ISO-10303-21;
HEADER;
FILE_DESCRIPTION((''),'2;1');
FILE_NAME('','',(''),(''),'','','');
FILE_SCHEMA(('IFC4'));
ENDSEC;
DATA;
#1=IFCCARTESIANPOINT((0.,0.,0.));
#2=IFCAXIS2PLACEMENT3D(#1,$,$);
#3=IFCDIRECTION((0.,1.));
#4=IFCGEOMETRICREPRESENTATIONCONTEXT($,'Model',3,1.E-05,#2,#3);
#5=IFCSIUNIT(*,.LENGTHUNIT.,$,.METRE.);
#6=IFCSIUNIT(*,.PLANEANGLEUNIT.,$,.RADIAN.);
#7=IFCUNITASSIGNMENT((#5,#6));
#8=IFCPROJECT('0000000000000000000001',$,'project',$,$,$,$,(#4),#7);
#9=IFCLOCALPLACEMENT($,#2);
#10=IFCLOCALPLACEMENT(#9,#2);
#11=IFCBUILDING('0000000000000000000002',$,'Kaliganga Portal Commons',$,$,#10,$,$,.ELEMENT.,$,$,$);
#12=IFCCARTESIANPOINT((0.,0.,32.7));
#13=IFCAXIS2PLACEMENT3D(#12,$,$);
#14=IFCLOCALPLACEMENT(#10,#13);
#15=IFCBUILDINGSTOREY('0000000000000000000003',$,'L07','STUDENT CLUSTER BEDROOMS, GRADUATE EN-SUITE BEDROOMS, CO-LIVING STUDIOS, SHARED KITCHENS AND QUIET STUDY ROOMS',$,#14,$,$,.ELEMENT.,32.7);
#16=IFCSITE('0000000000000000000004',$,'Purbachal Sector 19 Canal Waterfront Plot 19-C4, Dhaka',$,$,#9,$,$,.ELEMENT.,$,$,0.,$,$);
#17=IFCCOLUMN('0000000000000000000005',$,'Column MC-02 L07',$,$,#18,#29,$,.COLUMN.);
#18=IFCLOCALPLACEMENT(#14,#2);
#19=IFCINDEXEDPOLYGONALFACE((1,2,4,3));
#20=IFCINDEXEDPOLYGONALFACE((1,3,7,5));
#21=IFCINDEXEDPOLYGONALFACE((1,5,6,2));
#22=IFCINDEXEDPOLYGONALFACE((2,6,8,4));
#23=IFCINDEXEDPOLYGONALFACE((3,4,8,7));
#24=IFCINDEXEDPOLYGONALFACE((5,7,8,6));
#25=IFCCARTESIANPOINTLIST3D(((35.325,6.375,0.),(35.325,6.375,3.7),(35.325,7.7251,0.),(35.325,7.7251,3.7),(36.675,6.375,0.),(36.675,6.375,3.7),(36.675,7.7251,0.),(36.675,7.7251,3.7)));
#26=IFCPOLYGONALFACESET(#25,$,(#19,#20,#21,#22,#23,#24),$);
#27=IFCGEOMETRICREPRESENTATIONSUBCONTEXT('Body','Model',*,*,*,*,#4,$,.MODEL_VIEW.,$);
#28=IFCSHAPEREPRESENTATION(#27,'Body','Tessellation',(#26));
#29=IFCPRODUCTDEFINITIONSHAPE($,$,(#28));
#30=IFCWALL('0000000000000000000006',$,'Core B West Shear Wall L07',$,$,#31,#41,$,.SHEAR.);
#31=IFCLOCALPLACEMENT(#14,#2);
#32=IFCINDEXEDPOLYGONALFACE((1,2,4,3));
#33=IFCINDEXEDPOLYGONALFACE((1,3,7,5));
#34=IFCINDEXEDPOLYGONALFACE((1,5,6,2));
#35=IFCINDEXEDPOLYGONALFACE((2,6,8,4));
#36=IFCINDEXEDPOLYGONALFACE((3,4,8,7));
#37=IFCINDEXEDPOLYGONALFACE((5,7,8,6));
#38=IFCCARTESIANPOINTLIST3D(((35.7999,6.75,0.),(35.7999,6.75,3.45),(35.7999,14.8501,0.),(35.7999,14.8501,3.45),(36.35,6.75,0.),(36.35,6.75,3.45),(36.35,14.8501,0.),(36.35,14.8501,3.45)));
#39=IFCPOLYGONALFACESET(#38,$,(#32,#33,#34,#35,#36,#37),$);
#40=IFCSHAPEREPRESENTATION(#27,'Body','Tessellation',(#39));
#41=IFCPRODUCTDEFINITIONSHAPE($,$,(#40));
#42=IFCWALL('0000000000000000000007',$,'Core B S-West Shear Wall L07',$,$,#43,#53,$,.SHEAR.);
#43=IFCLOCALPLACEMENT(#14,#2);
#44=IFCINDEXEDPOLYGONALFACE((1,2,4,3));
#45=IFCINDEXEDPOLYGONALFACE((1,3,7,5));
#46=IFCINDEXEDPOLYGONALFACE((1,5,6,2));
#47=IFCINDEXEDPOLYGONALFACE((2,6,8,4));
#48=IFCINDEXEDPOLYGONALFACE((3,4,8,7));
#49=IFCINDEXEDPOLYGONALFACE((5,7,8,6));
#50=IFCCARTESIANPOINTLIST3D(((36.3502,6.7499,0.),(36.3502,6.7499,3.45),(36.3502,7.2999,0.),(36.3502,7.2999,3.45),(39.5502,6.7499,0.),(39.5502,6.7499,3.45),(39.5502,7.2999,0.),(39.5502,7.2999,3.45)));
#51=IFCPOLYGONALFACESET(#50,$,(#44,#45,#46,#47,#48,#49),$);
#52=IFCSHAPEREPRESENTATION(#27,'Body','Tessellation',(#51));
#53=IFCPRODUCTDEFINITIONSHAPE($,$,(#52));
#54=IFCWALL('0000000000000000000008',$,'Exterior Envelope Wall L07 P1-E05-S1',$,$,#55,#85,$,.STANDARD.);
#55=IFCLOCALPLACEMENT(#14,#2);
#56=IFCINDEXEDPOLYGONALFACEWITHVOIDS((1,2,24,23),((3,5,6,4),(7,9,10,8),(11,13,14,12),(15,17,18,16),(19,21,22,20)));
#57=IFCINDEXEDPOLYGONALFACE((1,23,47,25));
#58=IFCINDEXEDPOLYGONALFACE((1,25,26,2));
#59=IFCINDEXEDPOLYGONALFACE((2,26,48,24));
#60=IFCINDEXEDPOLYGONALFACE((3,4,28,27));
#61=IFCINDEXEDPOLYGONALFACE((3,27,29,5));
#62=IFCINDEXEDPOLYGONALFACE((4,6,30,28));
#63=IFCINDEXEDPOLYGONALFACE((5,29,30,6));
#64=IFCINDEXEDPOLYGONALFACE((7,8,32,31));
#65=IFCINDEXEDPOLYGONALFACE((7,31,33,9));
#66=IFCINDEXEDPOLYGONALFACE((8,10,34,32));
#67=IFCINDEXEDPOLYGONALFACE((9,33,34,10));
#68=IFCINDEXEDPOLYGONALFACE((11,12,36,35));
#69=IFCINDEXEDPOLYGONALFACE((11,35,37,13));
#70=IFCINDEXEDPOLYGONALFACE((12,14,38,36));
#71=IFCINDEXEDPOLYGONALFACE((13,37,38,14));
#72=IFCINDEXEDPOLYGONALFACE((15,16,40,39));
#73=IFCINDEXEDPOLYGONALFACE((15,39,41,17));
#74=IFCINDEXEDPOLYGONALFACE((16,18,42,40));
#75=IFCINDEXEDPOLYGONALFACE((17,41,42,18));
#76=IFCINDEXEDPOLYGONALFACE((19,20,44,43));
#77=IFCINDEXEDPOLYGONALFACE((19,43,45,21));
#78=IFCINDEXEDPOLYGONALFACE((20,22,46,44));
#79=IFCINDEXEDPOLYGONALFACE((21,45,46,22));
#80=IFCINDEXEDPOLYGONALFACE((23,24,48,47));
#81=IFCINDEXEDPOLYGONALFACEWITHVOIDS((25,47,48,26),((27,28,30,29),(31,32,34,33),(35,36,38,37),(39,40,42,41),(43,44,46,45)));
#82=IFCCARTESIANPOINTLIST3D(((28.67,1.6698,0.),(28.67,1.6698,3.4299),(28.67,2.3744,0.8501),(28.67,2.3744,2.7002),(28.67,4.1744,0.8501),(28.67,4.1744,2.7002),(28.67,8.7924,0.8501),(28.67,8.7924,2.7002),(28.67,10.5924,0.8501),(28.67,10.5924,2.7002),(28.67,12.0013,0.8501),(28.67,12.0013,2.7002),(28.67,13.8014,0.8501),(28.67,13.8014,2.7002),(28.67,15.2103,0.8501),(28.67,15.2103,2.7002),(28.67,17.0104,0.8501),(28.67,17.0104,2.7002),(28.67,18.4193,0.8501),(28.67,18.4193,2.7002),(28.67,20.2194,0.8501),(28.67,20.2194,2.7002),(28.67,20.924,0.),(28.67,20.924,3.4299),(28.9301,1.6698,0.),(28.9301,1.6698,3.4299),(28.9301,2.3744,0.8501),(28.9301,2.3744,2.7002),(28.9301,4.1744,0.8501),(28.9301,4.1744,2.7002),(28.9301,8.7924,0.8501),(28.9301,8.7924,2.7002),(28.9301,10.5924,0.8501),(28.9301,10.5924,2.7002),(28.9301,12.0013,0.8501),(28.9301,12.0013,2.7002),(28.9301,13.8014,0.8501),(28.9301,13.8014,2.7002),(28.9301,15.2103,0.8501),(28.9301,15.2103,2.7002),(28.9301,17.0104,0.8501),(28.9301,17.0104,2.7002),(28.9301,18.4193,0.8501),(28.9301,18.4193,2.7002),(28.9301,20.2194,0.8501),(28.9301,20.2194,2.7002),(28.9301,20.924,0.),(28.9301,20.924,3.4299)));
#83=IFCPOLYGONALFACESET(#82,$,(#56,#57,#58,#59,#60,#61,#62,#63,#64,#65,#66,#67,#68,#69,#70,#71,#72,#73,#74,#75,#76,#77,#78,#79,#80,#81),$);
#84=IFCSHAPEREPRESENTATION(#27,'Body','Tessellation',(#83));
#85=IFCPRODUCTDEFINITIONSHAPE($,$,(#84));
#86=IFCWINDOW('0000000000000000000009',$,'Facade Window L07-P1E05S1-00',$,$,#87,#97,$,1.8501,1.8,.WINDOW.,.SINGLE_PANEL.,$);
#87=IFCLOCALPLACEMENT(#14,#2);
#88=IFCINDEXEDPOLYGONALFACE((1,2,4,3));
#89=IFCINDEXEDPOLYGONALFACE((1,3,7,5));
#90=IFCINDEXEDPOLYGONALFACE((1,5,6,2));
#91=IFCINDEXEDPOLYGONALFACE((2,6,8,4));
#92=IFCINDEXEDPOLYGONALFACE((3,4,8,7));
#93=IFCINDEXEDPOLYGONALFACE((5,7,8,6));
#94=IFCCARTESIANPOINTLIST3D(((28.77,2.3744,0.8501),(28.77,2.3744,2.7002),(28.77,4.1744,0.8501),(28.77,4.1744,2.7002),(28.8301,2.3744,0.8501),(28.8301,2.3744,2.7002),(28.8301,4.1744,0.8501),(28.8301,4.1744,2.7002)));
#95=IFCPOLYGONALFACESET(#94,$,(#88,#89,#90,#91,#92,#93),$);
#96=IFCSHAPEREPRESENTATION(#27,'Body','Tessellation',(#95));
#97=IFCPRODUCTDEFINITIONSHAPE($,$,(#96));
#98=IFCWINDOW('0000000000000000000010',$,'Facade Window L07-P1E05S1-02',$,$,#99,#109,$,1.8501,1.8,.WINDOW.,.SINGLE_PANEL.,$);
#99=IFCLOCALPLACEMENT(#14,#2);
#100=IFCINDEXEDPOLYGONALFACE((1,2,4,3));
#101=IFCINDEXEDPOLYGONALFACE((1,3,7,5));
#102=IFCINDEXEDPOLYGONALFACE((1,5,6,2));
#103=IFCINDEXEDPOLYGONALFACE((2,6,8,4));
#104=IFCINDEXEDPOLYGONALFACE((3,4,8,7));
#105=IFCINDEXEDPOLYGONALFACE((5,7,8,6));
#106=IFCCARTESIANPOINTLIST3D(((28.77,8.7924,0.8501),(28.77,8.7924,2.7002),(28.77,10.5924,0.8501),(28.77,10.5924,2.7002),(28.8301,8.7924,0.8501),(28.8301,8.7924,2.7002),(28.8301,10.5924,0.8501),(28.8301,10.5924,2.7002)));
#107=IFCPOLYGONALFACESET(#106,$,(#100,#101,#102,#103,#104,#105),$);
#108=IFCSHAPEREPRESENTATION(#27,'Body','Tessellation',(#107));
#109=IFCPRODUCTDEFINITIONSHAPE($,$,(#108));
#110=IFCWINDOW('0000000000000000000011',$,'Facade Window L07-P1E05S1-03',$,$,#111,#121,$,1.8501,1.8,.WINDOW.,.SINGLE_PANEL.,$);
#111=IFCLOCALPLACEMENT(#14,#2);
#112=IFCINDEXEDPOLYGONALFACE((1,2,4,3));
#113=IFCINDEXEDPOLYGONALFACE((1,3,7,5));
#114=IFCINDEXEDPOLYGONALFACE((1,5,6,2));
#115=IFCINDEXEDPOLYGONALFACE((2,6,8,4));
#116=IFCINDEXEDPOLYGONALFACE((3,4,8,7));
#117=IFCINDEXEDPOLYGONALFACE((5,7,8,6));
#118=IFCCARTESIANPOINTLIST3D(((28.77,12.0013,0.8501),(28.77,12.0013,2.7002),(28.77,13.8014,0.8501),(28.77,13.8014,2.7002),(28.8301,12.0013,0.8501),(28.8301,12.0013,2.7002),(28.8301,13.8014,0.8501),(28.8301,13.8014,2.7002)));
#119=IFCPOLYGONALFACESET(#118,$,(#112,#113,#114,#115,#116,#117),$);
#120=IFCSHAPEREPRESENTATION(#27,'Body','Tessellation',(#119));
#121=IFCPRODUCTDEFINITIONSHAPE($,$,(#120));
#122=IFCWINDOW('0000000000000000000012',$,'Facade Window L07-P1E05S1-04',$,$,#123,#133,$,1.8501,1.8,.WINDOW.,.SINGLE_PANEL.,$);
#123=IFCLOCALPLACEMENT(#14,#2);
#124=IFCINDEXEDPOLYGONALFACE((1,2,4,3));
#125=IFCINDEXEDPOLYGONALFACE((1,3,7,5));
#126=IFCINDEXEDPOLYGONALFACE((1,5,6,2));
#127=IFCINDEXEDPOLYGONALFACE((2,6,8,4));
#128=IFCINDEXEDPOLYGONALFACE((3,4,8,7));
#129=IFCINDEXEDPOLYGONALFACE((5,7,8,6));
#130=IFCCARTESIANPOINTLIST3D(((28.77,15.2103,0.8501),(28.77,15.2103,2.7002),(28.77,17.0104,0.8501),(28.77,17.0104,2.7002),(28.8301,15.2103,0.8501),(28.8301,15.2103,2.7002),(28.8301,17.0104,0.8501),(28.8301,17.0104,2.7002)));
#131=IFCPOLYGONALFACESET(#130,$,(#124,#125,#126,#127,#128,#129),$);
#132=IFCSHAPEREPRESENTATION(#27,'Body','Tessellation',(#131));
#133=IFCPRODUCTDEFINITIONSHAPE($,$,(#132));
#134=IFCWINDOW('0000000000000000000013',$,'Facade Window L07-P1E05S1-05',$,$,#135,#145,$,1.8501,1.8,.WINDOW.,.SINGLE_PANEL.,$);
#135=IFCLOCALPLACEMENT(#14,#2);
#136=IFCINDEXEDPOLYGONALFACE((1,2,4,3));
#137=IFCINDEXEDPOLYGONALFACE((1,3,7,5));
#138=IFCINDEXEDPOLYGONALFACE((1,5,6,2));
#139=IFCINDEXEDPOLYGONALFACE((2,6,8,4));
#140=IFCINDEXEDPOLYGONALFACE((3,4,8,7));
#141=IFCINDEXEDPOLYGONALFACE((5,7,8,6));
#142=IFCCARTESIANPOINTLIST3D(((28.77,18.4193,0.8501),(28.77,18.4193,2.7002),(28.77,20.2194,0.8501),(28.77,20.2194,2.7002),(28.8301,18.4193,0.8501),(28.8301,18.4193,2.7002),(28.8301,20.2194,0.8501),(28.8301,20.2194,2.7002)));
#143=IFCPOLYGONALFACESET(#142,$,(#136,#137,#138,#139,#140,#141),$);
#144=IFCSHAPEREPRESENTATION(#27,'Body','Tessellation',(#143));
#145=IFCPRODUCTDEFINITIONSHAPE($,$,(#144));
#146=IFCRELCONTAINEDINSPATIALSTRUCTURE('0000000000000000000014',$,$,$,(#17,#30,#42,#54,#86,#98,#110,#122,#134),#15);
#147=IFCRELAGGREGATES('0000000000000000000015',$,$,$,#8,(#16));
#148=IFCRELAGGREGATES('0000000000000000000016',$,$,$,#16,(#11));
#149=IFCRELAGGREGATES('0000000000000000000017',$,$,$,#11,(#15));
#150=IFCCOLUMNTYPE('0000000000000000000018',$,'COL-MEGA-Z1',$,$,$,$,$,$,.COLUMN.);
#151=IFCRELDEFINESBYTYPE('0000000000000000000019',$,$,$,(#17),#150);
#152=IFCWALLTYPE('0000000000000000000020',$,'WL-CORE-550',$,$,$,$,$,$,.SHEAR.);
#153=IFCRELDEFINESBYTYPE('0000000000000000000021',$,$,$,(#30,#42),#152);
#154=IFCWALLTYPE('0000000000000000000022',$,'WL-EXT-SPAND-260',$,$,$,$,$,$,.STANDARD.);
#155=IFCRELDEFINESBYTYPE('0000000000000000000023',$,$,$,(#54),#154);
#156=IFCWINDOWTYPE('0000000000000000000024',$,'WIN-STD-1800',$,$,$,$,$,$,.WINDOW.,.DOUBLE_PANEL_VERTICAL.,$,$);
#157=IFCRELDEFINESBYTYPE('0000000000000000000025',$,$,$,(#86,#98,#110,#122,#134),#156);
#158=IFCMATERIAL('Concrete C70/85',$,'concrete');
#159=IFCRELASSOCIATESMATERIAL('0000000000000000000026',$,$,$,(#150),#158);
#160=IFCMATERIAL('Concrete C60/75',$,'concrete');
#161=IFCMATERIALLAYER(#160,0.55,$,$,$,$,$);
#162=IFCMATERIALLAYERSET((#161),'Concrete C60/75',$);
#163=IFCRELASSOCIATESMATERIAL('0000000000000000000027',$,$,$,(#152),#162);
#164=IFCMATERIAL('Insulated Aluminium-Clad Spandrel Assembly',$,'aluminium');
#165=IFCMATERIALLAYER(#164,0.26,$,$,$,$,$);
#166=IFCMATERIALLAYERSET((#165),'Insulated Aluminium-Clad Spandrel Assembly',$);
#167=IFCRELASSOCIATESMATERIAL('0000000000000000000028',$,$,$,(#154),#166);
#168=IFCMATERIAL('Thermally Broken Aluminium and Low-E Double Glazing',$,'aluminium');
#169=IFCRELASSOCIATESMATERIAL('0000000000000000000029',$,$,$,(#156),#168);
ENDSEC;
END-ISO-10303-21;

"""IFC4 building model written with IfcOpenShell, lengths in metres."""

from ifc_helpers import new_model, si_unit, direction, frame, frame_2d, origin, origin_2d, place, context, subcontext, project, spatial, rectangle, extrude, source, transform, mapped, material, layer, layer_set, material_profile, profile_set, type_object, element, fill, save


model = new_model("IFC4")

# Units and contexts
model_context = context("Model", 3, precision=1e-05, world=origin(), true_north=direction((0.0, 1.0)))
body_context = subcontext(model_context, "Body", "Model", "MODEL_VIEW")
ifc_project = project(units=[si_unit("LENGTHUNIT", "METRE"), si_unit("PLANEANGLEUNIT", "RADIAN")], contexts=[model_context])

# Site, building, storey
site_placement = place(None, origin())
site = spatial("IfcSite", under=ifc_project, at=site_placement, Name="Purbachal Sector 19 Canal Waterfront Plot 19-C4, Dhaka", CompositionType="ELEMENT", RefElevation=0.0)
building_placement = place(site_placement, origin())
building = spatial("IfcBuilding", under=site, at=building_placement, Name="Kaliganga Portal Commons", CompositionType="ELEMENT")
storey_placement = place(building_placement, frame((0.0, 0.0, 32.7)))
storey = spatial("IfcBuildingStorey", under=building, at=storey_placement, Name="L07", Description="STUDENT CLUSTER BEDROOMS, GRADUATE EN-SUITE BEDROOMS, CO-LIVING STUDIOS, SHARED KITCHENS AND QUIET STUDY ROOMS", CompositionType="ELEMENT", Elevation=32.7)

# Column
ifc_material_1 = material(Name="Concrete C70/85", Category="concrete")
ifc_material_profile = material_profile(ifc_material_1, rectangle(XDim=1.3501, YDim=1.3501, at=origin_2d()), Name="RC 1350x1350")
ifc_profile_set = profile_set([ifc_material_profile], Name="Concrete C70/85")
column_type = type_object("IfcColumnType", Name="COL-MEGA-Z1", PredefinedType="COLUMN", material=ifc_profile_set)
shared_shape = source(origin(), body_context, "Body", "SweptSolid", [
    extrude(rectangle(XDim=1.3501, YDim=1.3501, at=origin_2d()), origin(), (0.0, 0.0, 1.0), 3.7),
])
column_placement = place(storey_placement, frame((36.0, 7.05, 0.0), z_axis=(0.0, 0.0, 1.0), x_axis=(1.0, 0.0, 0.0)))
element("IfcColumn", 1, at=column_placement, inside=storey, type_object=column_type, Name="Column MC-02 L07", PredefinedType="COLUMN", context=body_context, shape_type="MappedRepresentation", body=[
    mapped(shared_shape, transform((0.0, 0.0, 0.0), x_axis=(1.0, 0.0, 0.0), y_axis=(0.0, 1.0, 0.0), z_axis=(0.0, 0.0, 1.0), scale=1.0)),
])

# Walls
ifc_material_2 = material(Name="Concrete C60/75", Category="concrete")
ifc_layer_1 = layer(ifc_material_2, 0.55)
ifc_layer_set_1 = layer_set([ifc_layer_1], Name="Concrete C60/75")
wall_type_1 = type_object("IfcWallType", Name="WL-CORE-550", PredefinedType="SHEAR", material=ifc_layer_set_1)
wall_1_placement = place(storey_placement, frame((36.075, 6.75, 0.0), z_axis=(0.0, 0.0, 1.0), x_axis=(0.0, 1.0, 0.0)))
element("IfcWall", 2, at=wall_1_placement, inside=storey, type_object=wall_type_1, Name="Core B West Shear Wall L07", PredefinedType="SHEAR", context=body_context, shape_type="SweptSolid", body=[
    extrude(rectangle(XDim=8.1001, YDim=0.55, at=frame_2d((4.05, 0.0))), origin(), (0.0, 0.0, 1.0), 3.45),
])
wall_2_placement = place(storey_placement, frame((36.3501, 7.0249, 0.0), z_axis=(0.0, 0.0, 1.0), x_axis=(1.0, 0.0, 0.0)))
element("IfcWall", 3, at=wall_2_placement, inside=storey, type_object=wall_type_1, Name="Core B S-West Shear Wall L07", PredefinedType="SHEAR", context=body_context, shape_type="SweptSolid", body=[
    extrude(rectangle(XDim=3.2, YDim=0.55, at=frame_2d((1.6001, 0.0))), origin(), (0.0, 0.0, 1.0), 3.45),
])

# Wall, openings, windows
ifc_material_3 = material(Name="Insulated Aluminium-Clad Spandrel Assembly", Category="aluminium")
ifc_layer_2 = layer(ifc_material_3, 0.26)
ifc_layer_set_2 = layer_set([ifc_layer_2], Name="Insulated Aluminium-Clad Spandrel Assembly")
wall_type_2 = type_object("IfcWallType", Name="WL-EXT-SPAND-260", PredefinedType="STANDARD", material=ifc_layer_set_2)
wall_3_placement = place(storey_placement, frame((28.8, 1.6699, 0.0), z_axis=(0.0, 0.0, 1.0), x_axis=(0.0, 1.0, 0.0)))
wall_3 = element("IfcWall", 4, at=wall_3_placement, inside=storey, type_object=wall_type_2, Name="Exterior Envelope Wall L07 P1-E05-S1", PredefinedType="STANDARD", context=body_context, shape_type="SweptSolid", body=[
    extrude(rectangle(XDim=19.2542, YDim=0.26, at=frame_2d((9.627, 0.0))), origin(), (0.0, 0.0, 1.0), 3.4299),
])
opening_1_placement = place(wall_3_placement, frame((0.7046, 0.0, 0.8501)))
opening_1 = element("IfcOpeningElement", 5, at=opening_1_placement, cuts=wall_3, PredefinedType="OPENING", context=body_context, shape_type="SweptSolid", body=[
    extrude(rectangle(XDim=1.8, YDim=1.8501, at=frame_2d((0.8999, 0.925))), frame((0.0, 0.1401, 0.0), z_axis=(0.0, -1.0, 0.0), x_axis=(1.0, 0.0, 0.0)), (0.0, 0.0, 1.0), 0.28),
])
opening_2_placement = place(wall_3_placement, frame((7.1226, 0.0, 0.8501)))
opening_2 = element("IfcOpeningElement", 6, at=opening_2_placement, cuts=wall_3, PredefinedType="OPENING", context=body_context, shape_type="SweptSolid", body=[
    extrude(rectangle(XDim=1.8, YDim=1.8501, at=frame_2d((0.8999, 0.925))), frame((0.0, 0.1401, 0.0), z_axis=(0.0, -1.0, 0.0), x_axis=(1.0, 0.0, 0.0)), (0.0, 0.0, 1.0), 0.28),
])
opening_3_placement = place(wall_3_placement, frame((10.3315, 0.0, 0.8501)))
opening_3 = element("IfcOpeningElement", 7, at=opening_3_placement, cuts=wall_3, PredefinedType="OPENING", context=body_context, shape_type="SweptSolid", body=[
    extrude(rectangle(XDim=1.8, YDim=1.8501, at=frame_2d((0.8999, 0.925))), frame((0.0, 0.1401, 0.0), z_axis=(0.0, -1.0, 0.0), x_axis=(1.0, 0.0, 0.0)), (0.0, 0.0, 1.0), 0.28),
])
opening_4_placement = place(wall_3_placement, frame((13.5405, 0.0, 0.8501)))
opening_4 = element("IfcOpeningElement", 8, at=opening_4_placement, cuts=wall_3, PredefinedType="OPENING", context=body_context, shape_type="SweptSolid", body=[
    extrude(rectangle(XDim=1.8, YDim=1.8501, at=frame_2d((0.8999, 0.925))), frame((0.0, 0.1401, 0.0), z_axis=(0.0, -1.0, 0.0), x_axis=(1.0, 0.0, 0.0)), (0.0, 0.0, 1.0), 0.28),
])
opening_5_placement = place(wall_3_placement, frame((16.7495, 0.0, 0.8501)))
opening_5 = element("IfcOpeningElement", 9, at=opening_5_placement, cuts=wall_3, PredefinedType="OPENING", context=body_context, shape_type="SweptSolid", body=[
    extrude(rectangle(XDim=1.8, YDim=1.8501, at=frame_2d((0.8999, 0.925))), frame((0.0, 0.1401, 0.0), z_axis=(0.0, -1.0, 0.0), x_axis=(1.0, 0.0, 0.0)), (0.0, 0.0, 1.0), 0.28),
])
ifc_material_4 = material(Name="Thermally Broken Aluminium and Low-E Double Glazing", Category="aluminium")
window_type = type_object("IfcWindowType", Name="WIN-STD-1800", PartitioningType="DOUBLE_PANEL_VERTICAL", PredefinedType="WINDOW", material=ifc_material_4)
window_1_placement = place(opening_1_placement, origin())
window_1 = element("IfcWindow", 10, at=window_1_placement, inside=storey, type_object=window_type, Name="Facade Window L07-P1E05S1-00", OverallHeight=1.8501, OverallWidth=1.8, PartitioningType="SINGLE_PANEL", PredefinedType="WINDOW", context=body_context, shape_type="SweptSolid", body=[
    extrude(rectangle(XDim=1.8, YDim=1.8501, at=frame_2d((0.8999, 0.925))), frame((0.0, 0.03, 0.0), z_axis=(0.0, -1.0, 0.0), x_axis=(1.0, 0.0, 0.0)), (0.0, 0.0, 1.0), 0.0601),
])
fill(opening_1, window_1)
window_2_placement = place(opening_2_placement, origin())
window_2 = element("IfcWindow", 11, at=window_2_placement, inside=storey, type_object=window_type, Name="Facade Window L07-P1E05S1-02", OverallHeight=1.8501, OverallWidth=1.8, PartitioningType="SINGLE_PANEL", PredefinedType="WINDOW", context=body_context, shape_type="SweptSolid", body=[
    extrude(rectangle(XDim=1.8, YDim=1.8501, at=frame_2d((0.8999, 0.925))), frame((0.0, 0.03, 0.0), z_axis=(0.0, -1.0, 0.0), x_axis=(1.0, 0.0, 0.0)), (0.0, 0.0, 1.0), 0.0601),
])
fill(opening_2, window_2)
window_3_placement = place(opening_3_placement, origin())
window_3 = element("IfcWindow", 12, at=window_3_placement, inside=storey, type_object=window_type, Name="Facade Window L07-P1E05S1-03", OverallHeight=1.8501, OverallWidth=1.8, PartitioningType="SINGLE_PANEL", PredefinedType="WINDOW", context=body_context, shape_type="SweptSolid", body=[
    extrude(rectangle(XDim=1.8, YDim=1.8501, at=frame_2d((0.8999, 0.925))), frame((0.0, 0.03, 0.0), z_axis=(0.0, -1.0, 0.0), x_axis=(1.0, 0.0, 0.0)), (0.0, 0.0, 1.0), 0.0601),
])
fill(opening_3, window_3)
window_4_placement = place(opening_4_placement, origin())
window_4 = element("IfcWindow", 13, at=window_4_placement, inside=storey, type_object=window_type, Name="Facade Window L07-P1E05S1-04", OverallHeight=1.8501, OverallWidth=1.8, PartitioningType="SINGLE_PANEL", PredefinedType="WINDOW", context=body_context, shape_type="SweptSolid", body=[
    extrude(rectangle(XDim=1.8, YDim=1.8501, at=frame_2d((0.8999, 0.925))), frame((0.0, 0.03, 0.0), z_axis=(0.0, -1.0, 0.0), x_axis=(1.0, 0.0, 0.0)), (0.0, 0.0, 1.0), 0.0601),
])
fill(opening_4, window_4)
window_5_placement = place(opening_5_placement, origin())
window_5 = element("IfcWindow", 14, at=window_5_placement, inside=storey, type_object=window_type, Name="Facade Window L07-P1E05S1-05", OverallHeight=1.8501, OverallWidth=1.8, PartitioningType="SINGLE_PANEL", PredefinedType="WINDOW", context=body_context, shape_type="SweptSolid", body=[
    extrude(rectangle(XDim=1.8, YDim=1.8501, at=frame_2d((0.8999, 0.925))), frame((0.0, 0.03, 0.0), z_axis=(0.0, -1.0, 0.0), x_axis=(1.0, 0.0, 0.0)), (0.0, 0.0, 1.0), 0.0601),
])
fill(opening_5, window_5)

save(model, "model.ifc")
